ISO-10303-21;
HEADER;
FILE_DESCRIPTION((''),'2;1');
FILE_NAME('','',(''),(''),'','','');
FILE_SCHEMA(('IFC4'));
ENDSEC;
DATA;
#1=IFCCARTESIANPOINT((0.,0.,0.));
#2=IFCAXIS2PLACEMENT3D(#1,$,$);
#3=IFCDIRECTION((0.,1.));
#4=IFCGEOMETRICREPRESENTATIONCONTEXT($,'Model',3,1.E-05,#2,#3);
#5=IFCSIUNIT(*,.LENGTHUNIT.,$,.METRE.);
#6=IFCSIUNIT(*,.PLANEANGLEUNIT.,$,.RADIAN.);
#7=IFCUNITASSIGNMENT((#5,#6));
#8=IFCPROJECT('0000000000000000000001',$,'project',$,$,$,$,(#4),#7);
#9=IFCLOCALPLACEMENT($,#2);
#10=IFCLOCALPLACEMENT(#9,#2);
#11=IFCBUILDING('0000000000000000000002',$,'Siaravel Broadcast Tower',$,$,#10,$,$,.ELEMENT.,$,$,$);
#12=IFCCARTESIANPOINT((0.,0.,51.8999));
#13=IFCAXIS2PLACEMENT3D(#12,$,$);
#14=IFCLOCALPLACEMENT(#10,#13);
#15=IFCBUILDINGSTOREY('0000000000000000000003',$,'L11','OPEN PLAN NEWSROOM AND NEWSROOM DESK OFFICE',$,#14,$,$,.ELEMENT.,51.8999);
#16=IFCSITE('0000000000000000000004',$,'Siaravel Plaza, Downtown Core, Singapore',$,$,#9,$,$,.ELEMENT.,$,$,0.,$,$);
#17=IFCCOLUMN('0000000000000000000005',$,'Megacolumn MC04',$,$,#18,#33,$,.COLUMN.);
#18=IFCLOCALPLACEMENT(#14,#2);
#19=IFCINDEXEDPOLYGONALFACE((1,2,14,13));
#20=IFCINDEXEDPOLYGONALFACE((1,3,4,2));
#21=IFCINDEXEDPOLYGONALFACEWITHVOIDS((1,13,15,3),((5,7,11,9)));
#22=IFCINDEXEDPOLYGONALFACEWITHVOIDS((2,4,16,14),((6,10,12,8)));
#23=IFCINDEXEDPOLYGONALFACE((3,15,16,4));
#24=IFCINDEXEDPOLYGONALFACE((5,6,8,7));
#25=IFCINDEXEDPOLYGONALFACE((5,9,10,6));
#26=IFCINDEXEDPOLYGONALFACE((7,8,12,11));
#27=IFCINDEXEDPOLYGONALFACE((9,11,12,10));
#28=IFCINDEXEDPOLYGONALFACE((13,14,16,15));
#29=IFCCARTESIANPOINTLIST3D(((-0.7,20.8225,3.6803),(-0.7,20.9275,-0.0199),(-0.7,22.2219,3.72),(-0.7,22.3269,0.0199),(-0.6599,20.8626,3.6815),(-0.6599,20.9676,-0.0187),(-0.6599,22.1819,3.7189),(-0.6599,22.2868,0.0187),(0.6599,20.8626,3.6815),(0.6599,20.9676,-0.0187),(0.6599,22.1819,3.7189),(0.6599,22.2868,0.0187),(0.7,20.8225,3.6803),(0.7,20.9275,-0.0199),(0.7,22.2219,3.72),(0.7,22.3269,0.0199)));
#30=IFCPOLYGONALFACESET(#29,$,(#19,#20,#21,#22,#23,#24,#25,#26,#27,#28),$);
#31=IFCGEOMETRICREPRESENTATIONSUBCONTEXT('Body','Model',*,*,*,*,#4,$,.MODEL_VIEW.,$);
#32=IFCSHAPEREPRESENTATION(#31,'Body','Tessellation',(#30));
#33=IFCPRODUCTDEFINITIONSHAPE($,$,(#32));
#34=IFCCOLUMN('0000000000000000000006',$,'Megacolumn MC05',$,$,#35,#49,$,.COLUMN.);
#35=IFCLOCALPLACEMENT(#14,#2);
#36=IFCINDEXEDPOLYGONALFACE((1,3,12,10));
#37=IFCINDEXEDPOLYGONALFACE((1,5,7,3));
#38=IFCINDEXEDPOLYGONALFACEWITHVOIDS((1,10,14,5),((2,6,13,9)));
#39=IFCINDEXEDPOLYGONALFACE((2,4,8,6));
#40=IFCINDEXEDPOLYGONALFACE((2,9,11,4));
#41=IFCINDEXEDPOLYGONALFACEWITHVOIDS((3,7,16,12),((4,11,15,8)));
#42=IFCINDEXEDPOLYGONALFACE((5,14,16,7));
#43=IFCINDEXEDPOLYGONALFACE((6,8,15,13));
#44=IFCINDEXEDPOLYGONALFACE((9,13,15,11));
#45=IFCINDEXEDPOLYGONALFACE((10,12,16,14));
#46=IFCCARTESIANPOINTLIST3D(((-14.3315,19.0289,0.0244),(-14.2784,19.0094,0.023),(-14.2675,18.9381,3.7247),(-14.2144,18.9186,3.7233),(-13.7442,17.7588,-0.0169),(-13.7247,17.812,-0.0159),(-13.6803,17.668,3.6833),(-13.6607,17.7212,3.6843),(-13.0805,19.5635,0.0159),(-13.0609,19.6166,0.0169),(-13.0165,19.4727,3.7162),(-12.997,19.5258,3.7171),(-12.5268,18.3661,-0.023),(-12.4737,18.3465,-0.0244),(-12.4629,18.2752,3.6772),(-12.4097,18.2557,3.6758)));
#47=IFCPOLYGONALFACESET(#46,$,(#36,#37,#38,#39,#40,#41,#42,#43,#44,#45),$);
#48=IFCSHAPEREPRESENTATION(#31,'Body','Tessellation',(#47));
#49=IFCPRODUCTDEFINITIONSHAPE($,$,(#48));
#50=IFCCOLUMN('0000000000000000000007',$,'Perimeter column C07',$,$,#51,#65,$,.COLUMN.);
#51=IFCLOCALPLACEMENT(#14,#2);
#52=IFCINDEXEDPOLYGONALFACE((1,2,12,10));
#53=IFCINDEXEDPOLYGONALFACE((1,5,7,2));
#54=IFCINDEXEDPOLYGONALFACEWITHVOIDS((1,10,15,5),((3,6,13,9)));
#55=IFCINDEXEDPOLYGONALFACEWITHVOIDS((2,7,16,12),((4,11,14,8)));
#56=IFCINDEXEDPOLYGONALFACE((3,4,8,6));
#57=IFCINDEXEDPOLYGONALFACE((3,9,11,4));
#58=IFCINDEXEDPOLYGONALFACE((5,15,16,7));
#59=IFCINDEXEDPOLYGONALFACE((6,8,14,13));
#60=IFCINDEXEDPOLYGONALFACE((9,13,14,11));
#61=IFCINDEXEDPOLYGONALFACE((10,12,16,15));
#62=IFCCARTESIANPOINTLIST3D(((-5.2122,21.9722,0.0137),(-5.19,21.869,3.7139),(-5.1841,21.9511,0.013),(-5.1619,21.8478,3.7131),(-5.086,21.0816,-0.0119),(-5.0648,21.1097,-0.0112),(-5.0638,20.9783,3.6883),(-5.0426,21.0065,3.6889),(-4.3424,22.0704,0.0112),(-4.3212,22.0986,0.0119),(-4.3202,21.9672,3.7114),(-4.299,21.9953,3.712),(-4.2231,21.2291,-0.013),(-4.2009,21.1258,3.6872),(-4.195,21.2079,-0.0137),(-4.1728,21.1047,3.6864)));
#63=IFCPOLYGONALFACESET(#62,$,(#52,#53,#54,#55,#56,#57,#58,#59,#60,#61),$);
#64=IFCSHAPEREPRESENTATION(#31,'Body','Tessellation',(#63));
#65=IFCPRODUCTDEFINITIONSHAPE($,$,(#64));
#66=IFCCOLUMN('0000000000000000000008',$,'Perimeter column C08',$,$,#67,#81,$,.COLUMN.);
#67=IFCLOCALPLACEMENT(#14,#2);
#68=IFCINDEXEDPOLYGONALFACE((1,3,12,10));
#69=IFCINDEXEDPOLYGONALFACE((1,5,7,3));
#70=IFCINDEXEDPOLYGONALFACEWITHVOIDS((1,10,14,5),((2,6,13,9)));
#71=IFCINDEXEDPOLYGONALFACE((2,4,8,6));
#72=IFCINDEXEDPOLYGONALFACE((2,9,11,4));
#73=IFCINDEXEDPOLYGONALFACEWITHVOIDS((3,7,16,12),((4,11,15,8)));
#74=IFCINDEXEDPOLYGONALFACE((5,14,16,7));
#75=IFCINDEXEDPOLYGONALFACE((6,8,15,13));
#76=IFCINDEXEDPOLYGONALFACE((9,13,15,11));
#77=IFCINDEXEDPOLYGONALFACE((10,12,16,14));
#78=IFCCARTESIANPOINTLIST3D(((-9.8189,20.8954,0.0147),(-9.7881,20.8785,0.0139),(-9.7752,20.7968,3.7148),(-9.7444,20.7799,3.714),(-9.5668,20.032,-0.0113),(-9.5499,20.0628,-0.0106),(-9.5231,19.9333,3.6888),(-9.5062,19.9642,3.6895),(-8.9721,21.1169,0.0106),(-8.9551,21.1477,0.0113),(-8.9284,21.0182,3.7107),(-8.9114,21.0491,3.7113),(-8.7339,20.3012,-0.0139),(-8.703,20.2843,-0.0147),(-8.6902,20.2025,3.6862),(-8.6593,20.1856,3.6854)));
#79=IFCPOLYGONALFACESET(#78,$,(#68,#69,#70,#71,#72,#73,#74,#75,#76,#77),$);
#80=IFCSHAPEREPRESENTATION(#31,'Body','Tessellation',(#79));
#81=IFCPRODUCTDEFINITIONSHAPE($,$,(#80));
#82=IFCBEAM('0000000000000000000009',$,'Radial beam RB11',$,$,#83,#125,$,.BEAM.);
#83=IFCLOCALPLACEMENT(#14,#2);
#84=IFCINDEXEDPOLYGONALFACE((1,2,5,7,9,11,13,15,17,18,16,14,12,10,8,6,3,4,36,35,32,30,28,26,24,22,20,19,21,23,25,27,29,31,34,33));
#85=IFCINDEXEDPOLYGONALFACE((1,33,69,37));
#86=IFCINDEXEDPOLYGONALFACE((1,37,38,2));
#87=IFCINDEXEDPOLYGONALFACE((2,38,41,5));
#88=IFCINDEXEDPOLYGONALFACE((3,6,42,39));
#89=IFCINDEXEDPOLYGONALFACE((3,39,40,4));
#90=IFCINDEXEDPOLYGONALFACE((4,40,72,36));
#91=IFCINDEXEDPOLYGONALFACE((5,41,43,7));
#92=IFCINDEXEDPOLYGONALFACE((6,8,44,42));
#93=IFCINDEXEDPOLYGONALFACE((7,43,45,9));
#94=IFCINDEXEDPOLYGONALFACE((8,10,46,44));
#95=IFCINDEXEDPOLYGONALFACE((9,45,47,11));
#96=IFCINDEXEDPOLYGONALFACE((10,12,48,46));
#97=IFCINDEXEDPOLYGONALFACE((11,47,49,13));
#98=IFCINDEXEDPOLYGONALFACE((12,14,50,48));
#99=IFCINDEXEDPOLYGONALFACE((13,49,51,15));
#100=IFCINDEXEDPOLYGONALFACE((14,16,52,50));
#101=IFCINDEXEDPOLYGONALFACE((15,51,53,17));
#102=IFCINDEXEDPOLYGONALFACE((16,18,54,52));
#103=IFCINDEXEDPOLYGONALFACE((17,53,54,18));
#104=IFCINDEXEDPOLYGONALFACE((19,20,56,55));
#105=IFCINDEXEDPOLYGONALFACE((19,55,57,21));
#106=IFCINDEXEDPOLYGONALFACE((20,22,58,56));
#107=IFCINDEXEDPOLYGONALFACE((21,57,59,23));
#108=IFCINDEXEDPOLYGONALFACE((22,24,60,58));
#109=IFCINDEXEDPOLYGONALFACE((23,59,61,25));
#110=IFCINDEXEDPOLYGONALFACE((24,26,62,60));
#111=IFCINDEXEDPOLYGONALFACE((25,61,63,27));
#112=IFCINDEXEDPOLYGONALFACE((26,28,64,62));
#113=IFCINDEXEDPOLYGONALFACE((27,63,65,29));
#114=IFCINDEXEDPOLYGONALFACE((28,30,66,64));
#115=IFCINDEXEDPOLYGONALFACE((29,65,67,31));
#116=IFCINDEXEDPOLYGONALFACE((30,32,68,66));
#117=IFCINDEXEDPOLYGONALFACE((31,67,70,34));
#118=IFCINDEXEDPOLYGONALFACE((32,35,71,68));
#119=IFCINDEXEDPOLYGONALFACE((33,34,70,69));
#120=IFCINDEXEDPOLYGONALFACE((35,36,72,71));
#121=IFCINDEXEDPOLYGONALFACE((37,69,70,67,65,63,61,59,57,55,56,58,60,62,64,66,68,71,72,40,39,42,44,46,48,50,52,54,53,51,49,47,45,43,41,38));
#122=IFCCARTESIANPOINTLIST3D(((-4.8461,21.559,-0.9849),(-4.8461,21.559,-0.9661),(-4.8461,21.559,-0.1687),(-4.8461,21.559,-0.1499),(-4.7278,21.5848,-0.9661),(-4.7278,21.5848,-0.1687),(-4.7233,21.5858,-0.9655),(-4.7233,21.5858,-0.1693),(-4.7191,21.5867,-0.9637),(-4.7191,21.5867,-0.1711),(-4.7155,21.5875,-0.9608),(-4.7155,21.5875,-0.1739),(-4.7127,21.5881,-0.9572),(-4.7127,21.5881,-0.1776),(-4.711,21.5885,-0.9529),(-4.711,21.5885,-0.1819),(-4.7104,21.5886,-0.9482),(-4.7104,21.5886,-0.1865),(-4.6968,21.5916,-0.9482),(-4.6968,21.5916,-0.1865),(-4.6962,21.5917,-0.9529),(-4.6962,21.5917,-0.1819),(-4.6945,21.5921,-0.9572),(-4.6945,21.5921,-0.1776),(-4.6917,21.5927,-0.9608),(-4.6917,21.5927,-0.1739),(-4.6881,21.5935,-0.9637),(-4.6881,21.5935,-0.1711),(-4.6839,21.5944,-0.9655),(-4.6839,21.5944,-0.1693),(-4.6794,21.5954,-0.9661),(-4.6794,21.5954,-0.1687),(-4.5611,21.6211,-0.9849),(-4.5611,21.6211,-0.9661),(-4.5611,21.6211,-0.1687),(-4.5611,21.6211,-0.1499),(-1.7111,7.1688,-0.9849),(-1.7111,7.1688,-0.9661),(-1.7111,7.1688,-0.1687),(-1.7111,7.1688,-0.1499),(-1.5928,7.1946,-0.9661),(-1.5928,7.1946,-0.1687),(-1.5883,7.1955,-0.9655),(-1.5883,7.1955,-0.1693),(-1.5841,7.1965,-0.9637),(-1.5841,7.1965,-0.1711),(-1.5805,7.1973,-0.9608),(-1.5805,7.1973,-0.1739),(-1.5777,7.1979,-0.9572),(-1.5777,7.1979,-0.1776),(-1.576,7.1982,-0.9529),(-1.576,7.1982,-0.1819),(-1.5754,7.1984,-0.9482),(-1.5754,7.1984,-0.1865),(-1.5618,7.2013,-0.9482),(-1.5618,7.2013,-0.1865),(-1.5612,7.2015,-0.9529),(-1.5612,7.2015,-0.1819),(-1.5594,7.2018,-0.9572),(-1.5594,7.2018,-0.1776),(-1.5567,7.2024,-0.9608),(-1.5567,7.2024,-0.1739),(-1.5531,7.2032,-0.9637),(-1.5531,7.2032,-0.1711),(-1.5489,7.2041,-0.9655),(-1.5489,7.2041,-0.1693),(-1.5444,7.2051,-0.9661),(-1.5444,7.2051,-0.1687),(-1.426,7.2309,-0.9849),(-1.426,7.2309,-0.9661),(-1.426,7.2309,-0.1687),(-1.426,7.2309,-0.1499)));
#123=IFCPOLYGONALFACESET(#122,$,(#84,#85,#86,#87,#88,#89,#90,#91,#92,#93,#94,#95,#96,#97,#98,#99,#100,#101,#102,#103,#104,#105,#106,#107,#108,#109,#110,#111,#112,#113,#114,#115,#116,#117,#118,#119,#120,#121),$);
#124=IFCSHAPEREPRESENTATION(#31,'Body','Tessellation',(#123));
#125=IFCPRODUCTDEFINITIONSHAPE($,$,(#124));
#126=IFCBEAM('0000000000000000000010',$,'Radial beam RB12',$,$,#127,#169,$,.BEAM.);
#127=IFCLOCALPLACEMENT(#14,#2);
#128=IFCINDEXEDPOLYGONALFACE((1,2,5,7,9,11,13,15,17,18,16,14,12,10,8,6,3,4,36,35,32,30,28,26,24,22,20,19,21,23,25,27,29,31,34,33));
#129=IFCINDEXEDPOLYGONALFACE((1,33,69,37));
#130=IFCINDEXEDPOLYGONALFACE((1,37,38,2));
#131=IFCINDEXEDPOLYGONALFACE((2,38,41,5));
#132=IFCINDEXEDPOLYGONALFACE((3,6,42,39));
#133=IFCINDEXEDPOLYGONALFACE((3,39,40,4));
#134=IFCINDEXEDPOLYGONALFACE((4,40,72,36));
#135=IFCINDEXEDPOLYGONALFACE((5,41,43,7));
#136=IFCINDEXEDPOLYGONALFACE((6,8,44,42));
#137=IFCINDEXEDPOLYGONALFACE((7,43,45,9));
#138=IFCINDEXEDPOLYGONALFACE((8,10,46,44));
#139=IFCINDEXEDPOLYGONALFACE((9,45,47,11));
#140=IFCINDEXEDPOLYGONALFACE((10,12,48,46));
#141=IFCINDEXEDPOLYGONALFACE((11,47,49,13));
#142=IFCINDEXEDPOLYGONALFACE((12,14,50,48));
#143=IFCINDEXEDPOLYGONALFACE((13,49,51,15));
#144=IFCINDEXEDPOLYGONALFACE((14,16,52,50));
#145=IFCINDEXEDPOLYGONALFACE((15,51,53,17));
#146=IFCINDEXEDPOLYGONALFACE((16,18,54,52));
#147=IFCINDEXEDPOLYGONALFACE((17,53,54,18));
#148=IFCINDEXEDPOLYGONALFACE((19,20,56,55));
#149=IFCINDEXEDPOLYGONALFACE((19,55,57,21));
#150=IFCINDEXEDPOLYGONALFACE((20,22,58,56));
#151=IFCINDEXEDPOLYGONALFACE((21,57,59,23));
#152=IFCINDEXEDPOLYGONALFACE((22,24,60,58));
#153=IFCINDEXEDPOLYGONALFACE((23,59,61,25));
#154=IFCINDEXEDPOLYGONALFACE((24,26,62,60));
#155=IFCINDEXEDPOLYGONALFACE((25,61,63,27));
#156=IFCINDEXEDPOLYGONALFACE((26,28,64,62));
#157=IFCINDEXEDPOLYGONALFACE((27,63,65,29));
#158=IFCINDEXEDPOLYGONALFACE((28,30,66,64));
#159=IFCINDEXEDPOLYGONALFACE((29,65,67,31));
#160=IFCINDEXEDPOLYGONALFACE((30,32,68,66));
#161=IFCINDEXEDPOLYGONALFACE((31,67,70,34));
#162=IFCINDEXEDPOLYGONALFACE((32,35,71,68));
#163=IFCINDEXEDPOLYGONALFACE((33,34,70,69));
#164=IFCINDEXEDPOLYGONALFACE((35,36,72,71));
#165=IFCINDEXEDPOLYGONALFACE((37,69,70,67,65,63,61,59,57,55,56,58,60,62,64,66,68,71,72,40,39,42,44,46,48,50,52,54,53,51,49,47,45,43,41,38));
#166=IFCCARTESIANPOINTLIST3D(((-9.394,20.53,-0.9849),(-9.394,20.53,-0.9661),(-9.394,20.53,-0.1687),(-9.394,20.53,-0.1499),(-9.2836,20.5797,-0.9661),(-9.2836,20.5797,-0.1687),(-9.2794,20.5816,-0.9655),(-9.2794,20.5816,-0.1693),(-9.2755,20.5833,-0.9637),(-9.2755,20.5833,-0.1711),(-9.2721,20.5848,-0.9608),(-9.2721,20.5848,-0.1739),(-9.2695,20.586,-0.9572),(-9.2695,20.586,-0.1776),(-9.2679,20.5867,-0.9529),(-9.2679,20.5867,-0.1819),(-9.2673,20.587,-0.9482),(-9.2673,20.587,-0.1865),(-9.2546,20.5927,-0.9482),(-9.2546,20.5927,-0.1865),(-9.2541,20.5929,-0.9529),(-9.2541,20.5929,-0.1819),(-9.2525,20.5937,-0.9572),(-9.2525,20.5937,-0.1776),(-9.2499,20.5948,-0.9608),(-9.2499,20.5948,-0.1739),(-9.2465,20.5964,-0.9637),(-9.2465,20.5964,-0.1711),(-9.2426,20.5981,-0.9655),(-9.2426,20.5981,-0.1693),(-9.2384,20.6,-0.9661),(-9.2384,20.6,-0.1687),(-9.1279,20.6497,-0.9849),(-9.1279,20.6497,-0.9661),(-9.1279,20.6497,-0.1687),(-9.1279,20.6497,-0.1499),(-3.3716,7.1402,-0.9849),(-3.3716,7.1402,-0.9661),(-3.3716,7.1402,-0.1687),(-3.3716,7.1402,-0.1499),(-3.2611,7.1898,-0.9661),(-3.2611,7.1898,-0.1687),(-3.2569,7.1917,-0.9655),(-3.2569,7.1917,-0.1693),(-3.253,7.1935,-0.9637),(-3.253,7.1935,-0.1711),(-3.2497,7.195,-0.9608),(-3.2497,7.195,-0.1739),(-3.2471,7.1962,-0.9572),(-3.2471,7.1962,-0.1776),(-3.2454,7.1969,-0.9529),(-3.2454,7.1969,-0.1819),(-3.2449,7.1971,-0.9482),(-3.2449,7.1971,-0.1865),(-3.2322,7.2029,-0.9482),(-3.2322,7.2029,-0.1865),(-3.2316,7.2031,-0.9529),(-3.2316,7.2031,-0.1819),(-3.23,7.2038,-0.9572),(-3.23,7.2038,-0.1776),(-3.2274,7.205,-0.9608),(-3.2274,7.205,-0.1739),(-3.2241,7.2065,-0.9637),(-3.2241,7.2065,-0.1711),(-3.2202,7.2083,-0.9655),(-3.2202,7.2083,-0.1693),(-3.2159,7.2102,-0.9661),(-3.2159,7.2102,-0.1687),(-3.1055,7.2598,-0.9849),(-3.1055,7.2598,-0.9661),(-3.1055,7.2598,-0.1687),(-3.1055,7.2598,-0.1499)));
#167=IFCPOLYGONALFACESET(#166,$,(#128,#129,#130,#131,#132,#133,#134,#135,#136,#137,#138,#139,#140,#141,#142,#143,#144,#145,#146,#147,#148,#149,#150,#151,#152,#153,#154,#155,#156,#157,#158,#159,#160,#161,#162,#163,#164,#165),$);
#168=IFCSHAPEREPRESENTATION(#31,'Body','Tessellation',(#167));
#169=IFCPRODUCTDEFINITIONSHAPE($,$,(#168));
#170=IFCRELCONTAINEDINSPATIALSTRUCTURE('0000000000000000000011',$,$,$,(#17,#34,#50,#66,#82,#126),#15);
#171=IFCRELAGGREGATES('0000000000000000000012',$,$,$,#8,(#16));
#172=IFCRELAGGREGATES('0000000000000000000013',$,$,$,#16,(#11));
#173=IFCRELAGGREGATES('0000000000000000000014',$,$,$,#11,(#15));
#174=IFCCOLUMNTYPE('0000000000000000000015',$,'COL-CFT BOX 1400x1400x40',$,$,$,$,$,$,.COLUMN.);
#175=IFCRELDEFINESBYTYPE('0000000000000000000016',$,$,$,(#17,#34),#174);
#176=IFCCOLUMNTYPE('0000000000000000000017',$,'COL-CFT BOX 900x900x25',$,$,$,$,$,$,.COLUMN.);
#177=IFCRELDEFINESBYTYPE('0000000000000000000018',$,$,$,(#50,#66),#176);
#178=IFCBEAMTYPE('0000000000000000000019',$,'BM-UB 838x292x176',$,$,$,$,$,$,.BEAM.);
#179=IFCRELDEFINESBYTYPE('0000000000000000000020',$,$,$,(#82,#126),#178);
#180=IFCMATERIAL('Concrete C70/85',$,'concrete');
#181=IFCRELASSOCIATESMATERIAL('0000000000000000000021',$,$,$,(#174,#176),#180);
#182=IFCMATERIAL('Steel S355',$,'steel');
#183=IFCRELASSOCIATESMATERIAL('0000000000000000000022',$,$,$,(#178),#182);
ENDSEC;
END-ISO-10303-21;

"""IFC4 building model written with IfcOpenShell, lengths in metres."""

from ifc_helpers import new_model, si_unit, direction, frame, origin, origin_2d, place, context, subcontext, project, spatial, hollow_rectangle, i_section, extrude, material, material_profile, profile_set, type_object, element, save


model = new_model("IFC4")

# Units and contexts
model_context = context("Model", 3, precision=1e-05, world=origin(), true_north=direction((0.0, 1.0)))
body_context = subcontext(model_context, "Body", "Model", "MODEL_VIEW")
ifc_project = project(units=[si_unit("LENGTHUNIT", "METRE"), si_unit("PLANEANGLEUNIT", "RADIAN")], contexts=[model_context])

# Site, building, storey
site_placement = place(None, origin())
site = spatial("IfcSite", under=ifc_project, at=site_placement, Name="Siaravel Plaza, Downtown Core, Singapore", CompositionType="ELEMENT", RefElevation=0.0)
building_placement = place(site_placement, origin())
building = spatial("IfcBuilding", under=site, at=building_placement, Name="Siaravel Broadcast Tower", CompositionType="ELEMENT")
storey_placement = place(building_placement, frame((0.0, 0.0, 51.8999)))
storey = spatial("IfcBuildingStorey", under=building, at=storey_placement, Name="L11", Description="OPEN PLAN NEWSROOM AND NEWSROOM DESK OFFICE", CompositionType="ELEMENT", Elevation=51.8999)

# Columns
ifc_material_1 = material(Name="Concrete C70/85", Category="concrete")
ifc_material_profile_1 = material_profile(ifc_material_1, hollow_rectangle(XDim=1.3999, YDim=1.3999, WallThickness=0.04, at=origin_2d()))
ifc_profile_set_1 = profile_set([ifc_material_profile_1], Name="Concrete C70/85")
column_type_1 = type_object("IfcColumnType", Name="COL-CFT BOX 1400x1400x40", PredefinedType="COLUMN", material=ifc_profile_set_1)
column_1_placement = place(storey_placement, frame((0.0, 21.6272, 0.0), z_axis=(0.0, -0.02836, 0.999598), x_axis=(1.0, 0.0, 0.0)))
element("IfcColumn", 1, at=column_1_placement, inside=storey, type_object=column_type_1, Name="Megacolumn MC04", PredefinedType="COLUMN", context=body_context, shape_type="SweptSolid", body=[
    extrude(hollow_rectangle(XDim=1.3999, YDim=1.3999, WallThickness=0.04, at=origin_2d()), origin(), (0.0, 0.0, 1.0), 3.7017),
])
column_2_placement = place(storey_placement, frame((-13.4026, 18.6877, 0.0), z_axis=(0.017279, -0.024534, 0.99955), x_axis=(0.907591, 0.41982, -0.005385)))
element("IfcColumn", 2, at=column_2_placement, inside=storey, type_object=column_type_1, Name="Megacolumn MC05", PredefinedType="COLUMN", context=body_context, shape_type="SweptSolid", body=[
    extrude(hollow_rectangle(XDim=1.3999, YDim=1.3999, WallThickness=0.04, at=origin_2d()), origin(), (0.0, 0.0, 1.0), 3.7019),
])
ifc_material_profile_2 = material_profile(ifc_material_1, hollow_rectangle(XDim=0.8999, YDim=0.8999, WallThickness=0.0249, at=origin_2d()))
ifc_profile_set_2 = profile_set([ifc_material_profile_2], Name="Concrete C70/85")
column_type_2 = type_object("IfcColumnType", Name="COL-CFT BOX 900x900x25", PredefinedType="COLUMN", material=ifc_profile_set_2)
for number, where, z_axis, x_axis, name in (
    (3, (-4.7036, 21.5901, 0.0), (0.006002, -0.027898, 0.999593), (0.990094, 0.140394, -0.002026), "Perimeter column C07"),
    (4, (-9.261, 20.5898, 0.0), (0.011805, -0.026645, 0.999575), (0.959882, 0.280377, -0.003863), "Perimeter column C08"),
):
    element("IfcColumn", number, at=place(storey_placement, frame(where, z_axis=z_axis, x_axis=x_axis)), inside=storey, type_object=column_type_2, Name=name, PredefinedType="COLUMN", context=body_context, shape_type="SweptSolid", body=[
        extrude(hollow_rectangle(XDim=0.8999, YDim=0.8999, WallThickness=0.0249, at=origin_2d()), origin(), (0.0, 0.0, 1.0), 3.7017),
    ])

# Beams
ifc_material_2 = material(Name="Steel S355", Category="steel")
ifc_material_profile_3 = material_profile(ifc_material_2, i_section(OverallWidth=0.2917, OverallDepth=0.835, WebThickness=0.0139, FlangeThickness=0.0188, FilletRadius=0.0178, at=origin_2d()))
ifc_profile_set_3 = profile_set([ifc_material_profile_3], Name="Steel S355")
beam_type = type_object("IfcBeamType", Name="BM-UB 838x292x176", PredefinedType="BEAM", material=ifc_profile_set_3)
beam_1_placement = place(storey_placement, frame((-4.7036, 21.5901, -0.5674), z_axis=(0.212865, -0.977082, 0.0), x_axis=(0.977082, 0.212865, 0.0)))
element("IfcBeam", 5, at=beam_1_placement, inside=storey, type_object=beam_type, Name="Radial beam RB11", PredefinedType="BEAM", context=body_context, shape_type="SweptSolid", body=[
    extrude(i_section(OverallWidth=0.2917, OverallDepth=0.835, WebThickness=0.0139, FlangeThickness=0.0188, FilletRadius=0.0178, at=origin_2d()), origin(), (0.0, 0.0, 1.0), 14.7278),
])
beam_2_placement = place(storey_placement, frame((-9.261, 20.5898, -0.5674), z_axis=(0.410195, -0.911998, 0.0), x_axis=(0.911998, 0.410195, 0.0)))
element("IfcBeam", 6, at=beam_2_placement, inside=storey, type_object=beam_type, Name="Radial beam RB12", PredefinedType="BEAM", context=body_context, shape_type="SweptSolid", body=[
    extrude(i_section(OverallWidth=0.2917, OverallDepth=0.835, WebThickness=0.0139, FlangeThickness=0.0188, FilletRadius=0.0178, at=origin_2d()), origin(), (0.0, 0.0, 1.0), 14.6819),
])

save(model, "model.ifc")
